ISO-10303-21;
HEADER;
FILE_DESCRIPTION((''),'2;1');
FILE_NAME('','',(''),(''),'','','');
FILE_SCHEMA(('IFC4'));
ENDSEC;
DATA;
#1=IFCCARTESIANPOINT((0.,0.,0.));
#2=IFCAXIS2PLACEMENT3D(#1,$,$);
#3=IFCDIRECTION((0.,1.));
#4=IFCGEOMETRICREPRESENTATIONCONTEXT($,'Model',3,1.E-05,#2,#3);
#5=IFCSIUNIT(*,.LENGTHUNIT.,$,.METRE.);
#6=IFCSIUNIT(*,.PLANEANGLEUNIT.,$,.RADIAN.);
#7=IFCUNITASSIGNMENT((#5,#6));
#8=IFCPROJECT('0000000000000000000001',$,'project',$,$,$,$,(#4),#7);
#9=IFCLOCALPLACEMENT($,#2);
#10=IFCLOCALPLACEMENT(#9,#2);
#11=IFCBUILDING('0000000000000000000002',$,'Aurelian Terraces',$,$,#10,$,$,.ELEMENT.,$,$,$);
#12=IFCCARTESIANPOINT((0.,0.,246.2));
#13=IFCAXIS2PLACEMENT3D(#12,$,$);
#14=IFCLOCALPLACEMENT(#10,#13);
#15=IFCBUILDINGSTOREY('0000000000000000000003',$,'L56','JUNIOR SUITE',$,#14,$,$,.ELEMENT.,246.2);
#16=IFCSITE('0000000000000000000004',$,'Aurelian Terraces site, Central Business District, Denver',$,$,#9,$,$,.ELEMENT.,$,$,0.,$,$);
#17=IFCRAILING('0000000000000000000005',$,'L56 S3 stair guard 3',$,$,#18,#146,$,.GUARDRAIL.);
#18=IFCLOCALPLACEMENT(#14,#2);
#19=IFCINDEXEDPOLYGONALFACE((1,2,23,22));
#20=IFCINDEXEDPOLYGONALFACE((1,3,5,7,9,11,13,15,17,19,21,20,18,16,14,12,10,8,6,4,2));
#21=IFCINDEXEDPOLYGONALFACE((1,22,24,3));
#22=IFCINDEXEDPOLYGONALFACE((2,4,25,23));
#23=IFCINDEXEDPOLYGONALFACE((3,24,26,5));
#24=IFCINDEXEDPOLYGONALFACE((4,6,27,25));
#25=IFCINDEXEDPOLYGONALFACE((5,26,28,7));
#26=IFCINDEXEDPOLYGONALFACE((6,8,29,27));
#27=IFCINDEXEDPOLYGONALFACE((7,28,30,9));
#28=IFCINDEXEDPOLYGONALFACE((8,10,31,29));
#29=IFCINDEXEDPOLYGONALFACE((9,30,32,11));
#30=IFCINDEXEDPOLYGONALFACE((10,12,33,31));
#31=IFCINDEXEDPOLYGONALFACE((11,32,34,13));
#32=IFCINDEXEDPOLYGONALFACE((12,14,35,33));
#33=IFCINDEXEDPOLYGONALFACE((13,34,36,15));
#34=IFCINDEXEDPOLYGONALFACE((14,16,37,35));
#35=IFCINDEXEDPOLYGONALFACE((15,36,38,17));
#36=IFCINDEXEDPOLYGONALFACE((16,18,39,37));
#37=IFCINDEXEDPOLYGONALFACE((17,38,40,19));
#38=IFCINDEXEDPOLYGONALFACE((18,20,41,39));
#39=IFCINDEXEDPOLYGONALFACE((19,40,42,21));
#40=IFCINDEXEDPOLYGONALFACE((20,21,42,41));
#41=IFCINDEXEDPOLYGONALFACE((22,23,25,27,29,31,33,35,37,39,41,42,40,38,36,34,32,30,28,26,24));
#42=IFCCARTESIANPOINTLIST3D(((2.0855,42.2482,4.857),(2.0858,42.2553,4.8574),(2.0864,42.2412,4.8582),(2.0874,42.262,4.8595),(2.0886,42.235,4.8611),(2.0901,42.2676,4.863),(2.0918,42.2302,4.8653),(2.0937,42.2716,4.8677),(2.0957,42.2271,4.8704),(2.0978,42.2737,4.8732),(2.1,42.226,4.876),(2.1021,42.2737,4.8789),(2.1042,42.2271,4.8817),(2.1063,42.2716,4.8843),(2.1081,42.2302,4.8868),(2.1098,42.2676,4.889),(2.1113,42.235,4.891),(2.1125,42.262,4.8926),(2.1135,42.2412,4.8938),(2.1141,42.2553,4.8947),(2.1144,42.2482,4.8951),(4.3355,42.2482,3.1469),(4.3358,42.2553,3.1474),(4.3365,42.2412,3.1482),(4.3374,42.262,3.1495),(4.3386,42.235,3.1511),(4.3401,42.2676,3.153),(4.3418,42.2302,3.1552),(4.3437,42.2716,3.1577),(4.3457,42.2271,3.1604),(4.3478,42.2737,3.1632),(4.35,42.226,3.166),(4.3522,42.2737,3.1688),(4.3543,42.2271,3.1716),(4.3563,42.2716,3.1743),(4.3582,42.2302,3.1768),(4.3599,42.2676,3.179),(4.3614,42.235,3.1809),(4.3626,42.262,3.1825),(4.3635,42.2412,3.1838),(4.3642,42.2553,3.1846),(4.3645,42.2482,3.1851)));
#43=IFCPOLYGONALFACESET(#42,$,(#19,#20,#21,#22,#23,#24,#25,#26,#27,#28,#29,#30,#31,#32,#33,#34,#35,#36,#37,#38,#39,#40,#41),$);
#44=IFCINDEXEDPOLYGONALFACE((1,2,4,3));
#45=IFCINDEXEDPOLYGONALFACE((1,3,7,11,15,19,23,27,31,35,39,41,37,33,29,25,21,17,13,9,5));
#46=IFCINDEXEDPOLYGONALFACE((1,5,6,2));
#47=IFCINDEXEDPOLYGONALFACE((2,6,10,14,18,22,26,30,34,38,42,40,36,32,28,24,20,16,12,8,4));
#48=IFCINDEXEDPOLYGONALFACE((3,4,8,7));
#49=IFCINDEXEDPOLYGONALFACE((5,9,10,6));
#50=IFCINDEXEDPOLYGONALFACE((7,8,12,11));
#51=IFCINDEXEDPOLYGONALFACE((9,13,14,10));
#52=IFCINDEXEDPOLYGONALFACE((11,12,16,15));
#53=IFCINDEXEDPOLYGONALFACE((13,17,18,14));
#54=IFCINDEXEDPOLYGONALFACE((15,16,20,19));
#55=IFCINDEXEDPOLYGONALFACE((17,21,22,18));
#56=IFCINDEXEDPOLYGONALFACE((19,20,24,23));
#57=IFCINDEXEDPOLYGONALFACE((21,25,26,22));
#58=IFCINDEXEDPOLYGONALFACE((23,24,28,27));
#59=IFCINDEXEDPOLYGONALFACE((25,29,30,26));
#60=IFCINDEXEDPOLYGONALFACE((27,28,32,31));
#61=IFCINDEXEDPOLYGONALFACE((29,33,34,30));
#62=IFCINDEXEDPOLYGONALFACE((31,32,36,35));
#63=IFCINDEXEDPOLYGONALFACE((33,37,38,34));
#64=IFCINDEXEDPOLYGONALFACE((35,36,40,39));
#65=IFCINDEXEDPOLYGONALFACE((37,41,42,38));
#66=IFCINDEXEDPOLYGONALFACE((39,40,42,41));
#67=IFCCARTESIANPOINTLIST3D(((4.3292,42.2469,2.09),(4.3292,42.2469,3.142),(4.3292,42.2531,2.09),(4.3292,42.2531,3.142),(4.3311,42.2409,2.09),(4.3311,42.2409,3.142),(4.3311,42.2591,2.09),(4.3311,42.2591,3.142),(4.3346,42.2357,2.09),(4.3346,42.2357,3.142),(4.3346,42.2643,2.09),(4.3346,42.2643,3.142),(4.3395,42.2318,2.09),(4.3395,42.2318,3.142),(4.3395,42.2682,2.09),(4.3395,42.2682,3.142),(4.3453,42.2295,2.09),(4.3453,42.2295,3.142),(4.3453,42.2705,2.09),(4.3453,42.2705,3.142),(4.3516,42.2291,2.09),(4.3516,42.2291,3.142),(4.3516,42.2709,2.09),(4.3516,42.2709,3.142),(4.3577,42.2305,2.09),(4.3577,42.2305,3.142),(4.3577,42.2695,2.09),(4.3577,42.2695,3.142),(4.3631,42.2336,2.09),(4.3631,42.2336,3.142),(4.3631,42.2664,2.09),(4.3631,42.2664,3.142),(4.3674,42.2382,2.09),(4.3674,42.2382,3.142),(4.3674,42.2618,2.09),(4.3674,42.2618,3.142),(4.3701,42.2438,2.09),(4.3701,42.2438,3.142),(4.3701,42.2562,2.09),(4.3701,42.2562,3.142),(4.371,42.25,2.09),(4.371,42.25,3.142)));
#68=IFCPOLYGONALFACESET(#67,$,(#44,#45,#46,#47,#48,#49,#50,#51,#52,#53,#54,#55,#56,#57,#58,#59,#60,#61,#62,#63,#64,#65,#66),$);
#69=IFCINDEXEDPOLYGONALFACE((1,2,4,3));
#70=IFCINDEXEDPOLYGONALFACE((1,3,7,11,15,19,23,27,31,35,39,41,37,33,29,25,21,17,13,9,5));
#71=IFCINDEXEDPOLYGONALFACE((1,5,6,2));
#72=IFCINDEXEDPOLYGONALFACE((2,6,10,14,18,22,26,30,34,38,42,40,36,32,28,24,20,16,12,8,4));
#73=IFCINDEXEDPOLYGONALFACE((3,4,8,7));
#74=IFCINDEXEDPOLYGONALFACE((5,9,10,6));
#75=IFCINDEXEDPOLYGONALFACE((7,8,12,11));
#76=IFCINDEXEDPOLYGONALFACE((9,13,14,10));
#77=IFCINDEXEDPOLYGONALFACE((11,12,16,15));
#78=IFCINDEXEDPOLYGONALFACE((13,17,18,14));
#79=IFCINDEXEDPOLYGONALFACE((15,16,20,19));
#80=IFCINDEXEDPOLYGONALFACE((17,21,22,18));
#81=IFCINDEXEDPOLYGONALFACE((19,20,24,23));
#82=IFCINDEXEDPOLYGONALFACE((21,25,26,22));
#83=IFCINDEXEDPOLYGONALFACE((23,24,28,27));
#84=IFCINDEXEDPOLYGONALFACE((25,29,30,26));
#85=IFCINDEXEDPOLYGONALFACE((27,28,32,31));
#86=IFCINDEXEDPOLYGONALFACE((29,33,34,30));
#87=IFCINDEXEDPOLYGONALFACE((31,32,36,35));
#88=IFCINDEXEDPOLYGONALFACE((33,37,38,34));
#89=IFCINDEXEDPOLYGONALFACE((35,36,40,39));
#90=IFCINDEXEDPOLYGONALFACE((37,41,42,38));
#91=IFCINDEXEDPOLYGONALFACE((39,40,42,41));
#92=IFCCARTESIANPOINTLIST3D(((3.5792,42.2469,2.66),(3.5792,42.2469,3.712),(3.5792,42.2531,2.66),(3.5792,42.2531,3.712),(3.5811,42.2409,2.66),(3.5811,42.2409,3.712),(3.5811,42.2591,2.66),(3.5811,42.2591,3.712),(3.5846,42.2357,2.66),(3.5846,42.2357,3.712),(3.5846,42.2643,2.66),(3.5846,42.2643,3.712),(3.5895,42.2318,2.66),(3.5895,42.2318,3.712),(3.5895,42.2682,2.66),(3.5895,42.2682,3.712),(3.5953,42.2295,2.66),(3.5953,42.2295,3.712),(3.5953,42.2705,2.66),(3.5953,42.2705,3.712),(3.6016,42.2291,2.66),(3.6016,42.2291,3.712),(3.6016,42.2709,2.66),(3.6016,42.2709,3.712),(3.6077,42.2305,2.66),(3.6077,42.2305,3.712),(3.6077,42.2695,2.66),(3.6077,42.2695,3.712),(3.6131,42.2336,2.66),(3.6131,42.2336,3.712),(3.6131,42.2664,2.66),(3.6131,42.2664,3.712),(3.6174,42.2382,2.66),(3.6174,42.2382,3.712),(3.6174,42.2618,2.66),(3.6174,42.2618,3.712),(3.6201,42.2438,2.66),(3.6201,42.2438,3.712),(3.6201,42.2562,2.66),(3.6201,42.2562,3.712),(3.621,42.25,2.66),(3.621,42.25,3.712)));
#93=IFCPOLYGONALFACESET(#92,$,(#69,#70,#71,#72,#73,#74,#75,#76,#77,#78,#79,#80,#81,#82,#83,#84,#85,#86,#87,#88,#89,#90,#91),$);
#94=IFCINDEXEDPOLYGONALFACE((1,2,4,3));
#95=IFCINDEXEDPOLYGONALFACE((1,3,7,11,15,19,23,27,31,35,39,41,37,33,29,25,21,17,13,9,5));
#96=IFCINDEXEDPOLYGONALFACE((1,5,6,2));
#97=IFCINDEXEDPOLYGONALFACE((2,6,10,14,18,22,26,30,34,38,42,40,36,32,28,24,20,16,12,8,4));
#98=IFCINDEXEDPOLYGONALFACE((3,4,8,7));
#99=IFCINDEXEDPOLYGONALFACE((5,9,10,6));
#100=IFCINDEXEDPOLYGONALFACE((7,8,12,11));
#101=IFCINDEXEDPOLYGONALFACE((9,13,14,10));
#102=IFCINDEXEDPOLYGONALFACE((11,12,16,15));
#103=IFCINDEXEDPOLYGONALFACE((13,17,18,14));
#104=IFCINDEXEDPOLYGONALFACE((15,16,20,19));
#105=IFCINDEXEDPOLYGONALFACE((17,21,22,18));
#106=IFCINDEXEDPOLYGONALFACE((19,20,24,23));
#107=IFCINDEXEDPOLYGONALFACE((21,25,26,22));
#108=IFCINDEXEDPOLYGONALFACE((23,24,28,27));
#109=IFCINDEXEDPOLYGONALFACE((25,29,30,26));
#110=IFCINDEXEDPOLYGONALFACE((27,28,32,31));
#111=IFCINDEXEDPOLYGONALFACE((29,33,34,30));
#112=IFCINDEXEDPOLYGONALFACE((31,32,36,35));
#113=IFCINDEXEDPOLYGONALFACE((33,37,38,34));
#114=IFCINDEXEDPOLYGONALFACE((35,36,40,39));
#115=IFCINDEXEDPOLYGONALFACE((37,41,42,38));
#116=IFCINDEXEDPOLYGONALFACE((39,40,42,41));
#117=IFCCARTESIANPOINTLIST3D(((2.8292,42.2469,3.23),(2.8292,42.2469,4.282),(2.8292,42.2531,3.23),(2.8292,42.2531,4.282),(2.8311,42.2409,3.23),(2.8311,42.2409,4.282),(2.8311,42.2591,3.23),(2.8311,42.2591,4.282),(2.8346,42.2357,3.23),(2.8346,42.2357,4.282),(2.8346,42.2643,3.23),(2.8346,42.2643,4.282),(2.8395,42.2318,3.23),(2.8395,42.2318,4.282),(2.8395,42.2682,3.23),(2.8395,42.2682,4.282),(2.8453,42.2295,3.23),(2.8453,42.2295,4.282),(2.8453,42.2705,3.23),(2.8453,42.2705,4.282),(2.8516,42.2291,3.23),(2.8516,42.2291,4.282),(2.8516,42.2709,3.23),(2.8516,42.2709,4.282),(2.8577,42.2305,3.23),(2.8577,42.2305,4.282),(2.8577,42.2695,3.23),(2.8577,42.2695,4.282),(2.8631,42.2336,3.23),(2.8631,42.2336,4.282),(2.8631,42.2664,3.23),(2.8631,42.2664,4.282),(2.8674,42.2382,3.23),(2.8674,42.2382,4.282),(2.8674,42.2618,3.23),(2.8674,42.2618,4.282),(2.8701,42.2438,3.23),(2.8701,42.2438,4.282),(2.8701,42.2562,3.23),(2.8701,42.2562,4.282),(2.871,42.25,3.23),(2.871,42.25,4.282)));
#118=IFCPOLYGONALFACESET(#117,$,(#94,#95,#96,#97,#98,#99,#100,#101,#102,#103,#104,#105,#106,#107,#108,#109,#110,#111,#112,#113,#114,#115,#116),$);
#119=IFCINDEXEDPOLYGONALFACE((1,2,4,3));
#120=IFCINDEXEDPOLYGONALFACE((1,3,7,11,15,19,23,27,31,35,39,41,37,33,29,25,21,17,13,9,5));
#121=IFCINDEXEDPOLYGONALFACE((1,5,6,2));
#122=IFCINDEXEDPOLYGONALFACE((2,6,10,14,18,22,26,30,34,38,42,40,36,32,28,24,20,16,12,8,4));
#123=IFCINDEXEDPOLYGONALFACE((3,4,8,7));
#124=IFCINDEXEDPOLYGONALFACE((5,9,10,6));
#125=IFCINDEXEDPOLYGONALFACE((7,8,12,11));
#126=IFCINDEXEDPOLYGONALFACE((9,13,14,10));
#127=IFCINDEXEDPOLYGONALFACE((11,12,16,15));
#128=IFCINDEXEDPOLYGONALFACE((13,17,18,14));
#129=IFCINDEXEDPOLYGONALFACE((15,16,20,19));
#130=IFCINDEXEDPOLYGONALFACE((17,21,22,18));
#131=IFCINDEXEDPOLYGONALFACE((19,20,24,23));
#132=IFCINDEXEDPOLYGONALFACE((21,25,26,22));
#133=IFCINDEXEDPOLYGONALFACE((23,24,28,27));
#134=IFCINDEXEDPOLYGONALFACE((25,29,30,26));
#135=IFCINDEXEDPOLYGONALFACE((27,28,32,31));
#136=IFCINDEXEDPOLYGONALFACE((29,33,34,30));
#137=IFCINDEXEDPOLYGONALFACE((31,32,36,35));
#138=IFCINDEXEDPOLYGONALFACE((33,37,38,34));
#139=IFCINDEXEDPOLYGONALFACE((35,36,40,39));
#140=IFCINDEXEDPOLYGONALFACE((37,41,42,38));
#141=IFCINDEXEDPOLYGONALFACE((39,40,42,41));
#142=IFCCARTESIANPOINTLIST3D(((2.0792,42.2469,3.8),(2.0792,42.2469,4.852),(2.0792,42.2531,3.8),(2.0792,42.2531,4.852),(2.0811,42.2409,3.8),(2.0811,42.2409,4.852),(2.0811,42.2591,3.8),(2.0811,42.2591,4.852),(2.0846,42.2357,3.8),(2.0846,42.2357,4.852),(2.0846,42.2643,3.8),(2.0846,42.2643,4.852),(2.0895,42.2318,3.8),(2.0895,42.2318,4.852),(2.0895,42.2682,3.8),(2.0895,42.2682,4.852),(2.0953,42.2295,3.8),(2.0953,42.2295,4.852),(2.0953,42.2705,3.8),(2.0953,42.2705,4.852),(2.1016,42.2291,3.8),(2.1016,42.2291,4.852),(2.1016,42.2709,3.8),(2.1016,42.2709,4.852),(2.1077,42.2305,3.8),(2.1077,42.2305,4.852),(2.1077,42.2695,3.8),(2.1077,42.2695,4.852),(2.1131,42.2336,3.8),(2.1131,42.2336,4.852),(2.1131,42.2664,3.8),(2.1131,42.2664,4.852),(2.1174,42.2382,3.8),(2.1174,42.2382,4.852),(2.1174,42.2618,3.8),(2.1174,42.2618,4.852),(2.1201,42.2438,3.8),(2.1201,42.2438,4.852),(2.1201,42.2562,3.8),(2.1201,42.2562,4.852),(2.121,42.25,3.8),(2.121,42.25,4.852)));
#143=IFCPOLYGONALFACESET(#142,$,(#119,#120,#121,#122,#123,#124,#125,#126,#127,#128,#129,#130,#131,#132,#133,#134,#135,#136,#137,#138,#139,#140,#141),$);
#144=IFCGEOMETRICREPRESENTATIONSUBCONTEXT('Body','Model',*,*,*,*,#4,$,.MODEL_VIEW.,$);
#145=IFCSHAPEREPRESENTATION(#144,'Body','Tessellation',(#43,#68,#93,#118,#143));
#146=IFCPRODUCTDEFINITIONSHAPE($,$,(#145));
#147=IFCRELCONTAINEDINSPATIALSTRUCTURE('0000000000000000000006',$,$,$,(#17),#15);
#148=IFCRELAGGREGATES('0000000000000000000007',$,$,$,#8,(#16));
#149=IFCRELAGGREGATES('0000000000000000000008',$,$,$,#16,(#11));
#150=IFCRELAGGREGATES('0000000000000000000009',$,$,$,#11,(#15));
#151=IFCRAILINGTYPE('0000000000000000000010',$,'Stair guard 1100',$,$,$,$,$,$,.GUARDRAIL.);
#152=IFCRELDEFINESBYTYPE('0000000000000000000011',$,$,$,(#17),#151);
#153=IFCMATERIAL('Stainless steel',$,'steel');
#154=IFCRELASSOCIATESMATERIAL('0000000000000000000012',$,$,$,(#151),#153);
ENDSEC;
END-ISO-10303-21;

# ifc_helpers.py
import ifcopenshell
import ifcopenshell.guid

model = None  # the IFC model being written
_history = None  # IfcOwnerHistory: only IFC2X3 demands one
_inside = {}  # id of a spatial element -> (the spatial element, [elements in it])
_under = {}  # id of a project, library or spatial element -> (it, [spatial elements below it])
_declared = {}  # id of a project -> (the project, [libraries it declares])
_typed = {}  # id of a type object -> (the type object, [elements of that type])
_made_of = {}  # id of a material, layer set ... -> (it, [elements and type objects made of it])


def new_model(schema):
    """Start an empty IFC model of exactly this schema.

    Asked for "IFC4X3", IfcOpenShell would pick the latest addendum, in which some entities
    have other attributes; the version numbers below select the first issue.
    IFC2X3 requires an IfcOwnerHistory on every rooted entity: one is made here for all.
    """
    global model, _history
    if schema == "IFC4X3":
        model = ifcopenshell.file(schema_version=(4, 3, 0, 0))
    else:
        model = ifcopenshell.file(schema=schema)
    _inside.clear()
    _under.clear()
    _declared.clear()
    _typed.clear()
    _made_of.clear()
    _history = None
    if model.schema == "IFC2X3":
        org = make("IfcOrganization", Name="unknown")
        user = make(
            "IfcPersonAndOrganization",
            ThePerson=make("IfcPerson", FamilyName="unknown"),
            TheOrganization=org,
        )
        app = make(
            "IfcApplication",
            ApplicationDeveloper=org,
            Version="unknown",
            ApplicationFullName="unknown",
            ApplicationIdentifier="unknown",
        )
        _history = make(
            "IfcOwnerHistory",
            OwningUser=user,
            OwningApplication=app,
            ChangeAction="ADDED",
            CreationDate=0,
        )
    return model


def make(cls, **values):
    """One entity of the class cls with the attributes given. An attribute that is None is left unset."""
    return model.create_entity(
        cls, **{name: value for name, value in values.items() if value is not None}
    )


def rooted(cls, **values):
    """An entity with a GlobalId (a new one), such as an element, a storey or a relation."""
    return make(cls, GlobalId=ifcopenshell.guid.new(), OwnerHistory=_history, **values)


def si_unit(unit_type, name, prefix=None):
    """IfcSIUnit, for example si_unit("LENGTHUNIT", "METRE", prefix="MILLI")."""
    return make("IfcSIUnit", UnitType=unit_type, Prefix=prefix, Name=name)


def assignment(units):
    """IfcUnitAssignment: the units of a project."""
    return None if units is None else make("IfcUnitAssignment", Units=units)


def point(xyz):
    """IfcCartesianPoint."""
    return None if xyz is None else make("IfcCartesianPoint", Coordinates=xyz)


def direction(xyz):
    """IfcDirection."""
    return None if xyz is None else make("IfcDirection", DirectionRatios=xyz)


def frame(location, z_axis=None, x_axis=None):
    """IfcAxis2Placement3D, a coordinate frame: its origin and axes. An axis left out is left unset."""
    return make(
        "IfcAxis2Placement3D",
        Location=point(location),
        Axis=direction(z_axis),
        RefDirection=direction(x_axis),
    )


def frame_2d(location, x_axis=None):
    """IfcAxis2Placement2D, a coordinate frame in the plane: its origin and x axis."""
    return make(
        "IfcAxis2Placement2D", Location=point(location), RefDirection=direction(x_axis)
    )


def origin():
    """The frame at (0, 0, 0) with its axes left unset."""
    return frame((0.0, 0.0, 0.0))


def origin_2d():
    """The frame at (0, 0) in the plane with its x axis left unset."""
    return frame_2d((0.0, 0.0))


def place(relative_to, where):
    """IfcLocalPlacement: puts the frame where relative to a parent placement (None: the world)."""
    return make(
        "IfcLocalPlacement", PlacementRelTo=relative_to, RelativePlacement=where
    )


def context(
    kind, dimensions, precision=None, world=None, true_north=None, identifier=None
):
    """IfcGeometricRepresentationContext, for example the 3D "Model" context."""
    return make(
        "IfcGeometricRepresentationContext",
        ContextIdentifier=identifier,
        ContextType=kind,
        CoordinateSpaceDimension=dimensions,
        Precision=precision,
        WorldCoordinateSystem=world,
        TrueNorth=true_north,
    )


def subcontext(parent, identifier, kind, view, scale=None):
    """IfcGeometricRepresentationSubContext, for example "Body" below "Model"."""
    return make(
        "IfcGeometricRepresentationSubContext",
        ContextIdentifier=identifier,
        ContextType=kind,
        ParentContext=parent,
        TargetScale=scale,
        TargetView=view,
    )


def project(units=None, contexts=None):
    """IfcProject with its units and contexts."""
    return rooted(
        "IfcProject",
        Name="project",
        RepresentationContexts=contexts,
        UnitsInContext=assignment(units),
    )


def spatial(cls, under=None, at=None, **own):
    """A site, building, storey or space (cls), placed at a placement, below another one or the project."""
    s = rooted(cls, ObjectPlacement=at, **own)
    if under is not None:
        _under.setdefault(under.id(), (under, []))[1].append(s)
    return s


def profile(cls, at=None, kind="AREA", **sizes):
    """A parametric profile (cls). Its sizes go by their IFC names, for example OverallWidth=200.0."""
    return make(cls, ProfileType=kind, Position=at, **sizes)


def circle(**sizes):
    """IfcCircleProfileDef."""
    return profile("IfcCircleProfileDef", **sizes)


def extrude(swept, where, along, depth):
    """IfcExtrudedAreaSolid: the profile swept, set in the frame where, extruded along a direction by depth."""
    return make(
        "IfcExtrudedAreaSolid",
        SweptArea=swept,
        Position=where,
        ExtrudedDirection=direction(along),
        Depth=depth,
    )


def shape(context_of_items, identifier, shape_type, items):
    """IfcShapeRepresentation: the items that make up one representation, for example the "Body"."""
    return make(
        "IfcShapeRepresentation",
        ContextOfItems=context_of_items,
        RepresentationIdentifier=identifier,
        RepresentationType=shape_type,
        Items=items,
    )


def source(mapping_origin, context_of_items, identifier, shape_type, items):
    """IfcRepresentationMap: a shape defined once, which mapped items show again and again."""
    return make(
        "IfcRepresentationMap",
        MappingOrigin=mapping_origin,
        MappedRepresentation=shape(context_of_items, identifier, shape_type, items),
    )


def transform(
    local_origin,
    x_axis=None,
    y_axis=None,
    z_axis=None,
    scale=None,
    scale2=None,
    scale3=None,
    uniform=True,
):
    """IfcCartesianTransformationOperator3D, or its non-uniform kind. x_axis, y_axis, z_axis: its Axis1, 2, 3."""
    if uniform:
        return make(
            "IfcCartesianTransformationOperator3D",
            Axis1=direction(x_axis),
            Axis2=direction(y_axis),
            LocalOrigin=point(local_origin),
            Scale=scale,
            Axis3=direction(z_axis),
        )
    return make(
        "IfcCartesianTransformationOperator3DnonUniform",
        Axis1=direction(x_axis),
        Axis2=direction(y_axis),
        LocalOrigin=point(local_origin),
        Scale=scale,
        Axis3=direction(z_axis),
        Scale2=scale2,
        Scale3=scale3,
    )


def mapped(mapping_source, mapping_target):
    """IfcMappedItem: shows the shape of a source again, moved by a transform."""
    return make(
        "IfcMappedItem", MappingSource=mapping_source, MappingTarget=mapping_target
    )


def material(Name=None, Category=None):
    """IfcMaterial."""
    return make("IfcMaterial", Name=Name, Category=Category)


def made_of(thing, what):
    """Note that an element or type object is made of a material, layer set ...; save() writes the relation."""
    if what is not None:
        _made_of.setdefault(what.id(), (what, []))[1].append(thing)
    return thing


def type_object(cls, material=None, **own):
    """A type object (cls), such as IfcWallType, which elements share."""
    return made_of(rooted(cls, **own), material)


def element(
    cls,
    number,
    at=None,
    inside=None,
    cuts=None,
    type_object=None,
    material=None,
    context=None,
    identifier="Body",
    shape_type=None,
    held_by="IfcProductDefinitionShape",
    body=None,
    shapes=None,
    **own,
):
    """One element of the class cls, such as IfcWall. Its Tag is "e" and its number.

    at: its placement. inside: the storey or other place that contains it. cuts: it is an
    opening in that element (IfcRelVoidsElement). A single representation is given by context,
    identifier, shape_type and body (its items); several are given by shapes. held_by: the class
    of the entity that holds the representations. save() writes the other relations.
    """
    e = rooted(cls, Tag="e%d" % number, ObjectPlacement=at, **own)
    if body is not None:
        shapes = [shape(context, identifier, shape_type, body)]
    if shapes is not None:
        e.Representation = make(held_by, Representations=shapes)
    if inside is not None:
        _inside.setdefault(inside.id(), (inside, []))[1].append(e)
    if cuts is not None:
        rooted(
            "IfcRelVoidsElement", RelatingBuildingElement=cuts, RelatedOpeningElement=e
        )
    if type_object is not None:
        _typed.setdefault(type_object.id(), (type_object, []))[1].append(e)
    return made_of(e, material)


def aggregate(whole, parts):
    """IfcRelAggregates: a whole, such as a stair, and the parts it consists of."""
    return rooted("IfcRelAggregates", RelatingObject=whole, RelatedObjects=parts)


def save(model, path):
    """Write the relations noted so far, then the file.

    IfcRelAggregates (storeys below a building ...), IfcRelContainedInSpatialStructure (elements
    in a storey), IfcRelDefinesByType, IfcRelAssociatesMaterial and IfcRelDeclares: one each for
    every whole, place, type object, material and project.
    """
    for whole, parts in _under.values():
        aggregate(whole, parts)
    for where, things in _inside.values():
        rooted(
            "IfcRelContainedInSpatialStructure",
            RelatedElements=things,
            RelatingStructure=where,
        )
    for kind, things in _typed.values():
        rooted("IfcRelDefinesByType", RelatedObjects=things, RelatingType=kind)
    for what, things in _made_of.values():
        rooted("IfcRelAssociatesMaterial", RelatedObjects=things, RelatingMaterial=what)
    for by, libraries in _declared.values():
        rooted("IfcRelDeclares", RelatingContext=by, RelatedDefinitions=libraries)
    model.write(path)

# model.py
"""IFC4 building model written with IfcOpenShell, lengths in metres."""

from ifc_helpers import new_model, si_unit, direction, frame, origin, origin_2d, place, context, subcontext, project, spatial, circle, extrude, source, transform, mapped, material, type_object, element, save


model = new_model("IFC4")

# Units and contexts
model_context = context("Model", 3, precision=1e-05, world=origin(), true_north=direction((0.0, 1.0)))
body_context = subcontext(model_context, "Body", "Model", "MODEL_VIEW")
ifc_project = project(units=[si_unit("LENGTHUNIT", "METRE"), si_unit("PLANEANGLEUNIT", "RADIAN")], contexts=[model_context])

# Site, building, storey
site_placement = place(None, origin())
site = spatial("IfcSite", under=ifc_project, at=site_placement, Name="Aurelian Terraces site, Central Business District, Denver", CompositionType="ELEMENT", RefElevation=0.0)
building_placement = place(site_placement, origin())
building = spatial("IfcBuilding", under=site, at=building_placement, Name="Aurelian Terraces", CompositionType="ELEMENT")
storey_placement = place(building_placement, frame((0.0, 0.0, 246.2)))
storey = spatial("IfcBuildingStorey", under=building, at=storey_placement, Name="L56", Description="JUNIOR SUITE", CompositionType="ELEMENT", Elevation=246.2)

# Railing
ifc_material_1 = material(Name="Stainless steel", Category="steel")
railing_type_1 = type_object("IfcRailingType", Name="Stair guard 1100", PredefinedType="GUARDRAIL", material=ifc_material_1)
shared_shape_1 = source(origin(), body_context, "Body", "SweptSolid", [
    extrude(circle(Radius=0.024, at=origin_2d()), frame((0.0, 0.0, 1.076), z_axis=(-0.796162, 0.0, 0.605083), x_axis=(0.0, -1.0, 0.0)), (0.0, 0.0, 1.0), 2.8261),
    extrude(circle(Radius=0.021, at=origin_2d()), origin(), (0.0, 0.0, 1.0), 1.052),
    extrude(circle(Radius=0.021, at=origin_2d()), frame((-0.75, 0.0, 0.57)), (0.0, 0.0, 1.0), 1.052),
    extrude(circle(Radius=0.021, at=origin_2d()), frame((-1.5, 0.0, 1.14)), (0.0, 0.0, 1.0), 1.052),
    extrude(circle(Radius=0.021, at=origin_2d()), frame((-2.25, 0.0, 1.71)), (0.0, 0.0, 1.0), 1.052),
])
railing_1_placement = place(storey_placement, frame((4.35, 42.25, 2.09)))
element("IfcRailing", 1, at=railing_1_placement, inside=storey, type_object=railing_type_1, Name="L56 S3 stair guard 3", PredefinedType="GUARDRAIL", context=body_context, shape_type="MappedRepresentation", body=[
    mapped(shared_shape_1, transform((0.0, 0.0, 0.0), scale=1.0)),
])

save(model, "model.ifc")
